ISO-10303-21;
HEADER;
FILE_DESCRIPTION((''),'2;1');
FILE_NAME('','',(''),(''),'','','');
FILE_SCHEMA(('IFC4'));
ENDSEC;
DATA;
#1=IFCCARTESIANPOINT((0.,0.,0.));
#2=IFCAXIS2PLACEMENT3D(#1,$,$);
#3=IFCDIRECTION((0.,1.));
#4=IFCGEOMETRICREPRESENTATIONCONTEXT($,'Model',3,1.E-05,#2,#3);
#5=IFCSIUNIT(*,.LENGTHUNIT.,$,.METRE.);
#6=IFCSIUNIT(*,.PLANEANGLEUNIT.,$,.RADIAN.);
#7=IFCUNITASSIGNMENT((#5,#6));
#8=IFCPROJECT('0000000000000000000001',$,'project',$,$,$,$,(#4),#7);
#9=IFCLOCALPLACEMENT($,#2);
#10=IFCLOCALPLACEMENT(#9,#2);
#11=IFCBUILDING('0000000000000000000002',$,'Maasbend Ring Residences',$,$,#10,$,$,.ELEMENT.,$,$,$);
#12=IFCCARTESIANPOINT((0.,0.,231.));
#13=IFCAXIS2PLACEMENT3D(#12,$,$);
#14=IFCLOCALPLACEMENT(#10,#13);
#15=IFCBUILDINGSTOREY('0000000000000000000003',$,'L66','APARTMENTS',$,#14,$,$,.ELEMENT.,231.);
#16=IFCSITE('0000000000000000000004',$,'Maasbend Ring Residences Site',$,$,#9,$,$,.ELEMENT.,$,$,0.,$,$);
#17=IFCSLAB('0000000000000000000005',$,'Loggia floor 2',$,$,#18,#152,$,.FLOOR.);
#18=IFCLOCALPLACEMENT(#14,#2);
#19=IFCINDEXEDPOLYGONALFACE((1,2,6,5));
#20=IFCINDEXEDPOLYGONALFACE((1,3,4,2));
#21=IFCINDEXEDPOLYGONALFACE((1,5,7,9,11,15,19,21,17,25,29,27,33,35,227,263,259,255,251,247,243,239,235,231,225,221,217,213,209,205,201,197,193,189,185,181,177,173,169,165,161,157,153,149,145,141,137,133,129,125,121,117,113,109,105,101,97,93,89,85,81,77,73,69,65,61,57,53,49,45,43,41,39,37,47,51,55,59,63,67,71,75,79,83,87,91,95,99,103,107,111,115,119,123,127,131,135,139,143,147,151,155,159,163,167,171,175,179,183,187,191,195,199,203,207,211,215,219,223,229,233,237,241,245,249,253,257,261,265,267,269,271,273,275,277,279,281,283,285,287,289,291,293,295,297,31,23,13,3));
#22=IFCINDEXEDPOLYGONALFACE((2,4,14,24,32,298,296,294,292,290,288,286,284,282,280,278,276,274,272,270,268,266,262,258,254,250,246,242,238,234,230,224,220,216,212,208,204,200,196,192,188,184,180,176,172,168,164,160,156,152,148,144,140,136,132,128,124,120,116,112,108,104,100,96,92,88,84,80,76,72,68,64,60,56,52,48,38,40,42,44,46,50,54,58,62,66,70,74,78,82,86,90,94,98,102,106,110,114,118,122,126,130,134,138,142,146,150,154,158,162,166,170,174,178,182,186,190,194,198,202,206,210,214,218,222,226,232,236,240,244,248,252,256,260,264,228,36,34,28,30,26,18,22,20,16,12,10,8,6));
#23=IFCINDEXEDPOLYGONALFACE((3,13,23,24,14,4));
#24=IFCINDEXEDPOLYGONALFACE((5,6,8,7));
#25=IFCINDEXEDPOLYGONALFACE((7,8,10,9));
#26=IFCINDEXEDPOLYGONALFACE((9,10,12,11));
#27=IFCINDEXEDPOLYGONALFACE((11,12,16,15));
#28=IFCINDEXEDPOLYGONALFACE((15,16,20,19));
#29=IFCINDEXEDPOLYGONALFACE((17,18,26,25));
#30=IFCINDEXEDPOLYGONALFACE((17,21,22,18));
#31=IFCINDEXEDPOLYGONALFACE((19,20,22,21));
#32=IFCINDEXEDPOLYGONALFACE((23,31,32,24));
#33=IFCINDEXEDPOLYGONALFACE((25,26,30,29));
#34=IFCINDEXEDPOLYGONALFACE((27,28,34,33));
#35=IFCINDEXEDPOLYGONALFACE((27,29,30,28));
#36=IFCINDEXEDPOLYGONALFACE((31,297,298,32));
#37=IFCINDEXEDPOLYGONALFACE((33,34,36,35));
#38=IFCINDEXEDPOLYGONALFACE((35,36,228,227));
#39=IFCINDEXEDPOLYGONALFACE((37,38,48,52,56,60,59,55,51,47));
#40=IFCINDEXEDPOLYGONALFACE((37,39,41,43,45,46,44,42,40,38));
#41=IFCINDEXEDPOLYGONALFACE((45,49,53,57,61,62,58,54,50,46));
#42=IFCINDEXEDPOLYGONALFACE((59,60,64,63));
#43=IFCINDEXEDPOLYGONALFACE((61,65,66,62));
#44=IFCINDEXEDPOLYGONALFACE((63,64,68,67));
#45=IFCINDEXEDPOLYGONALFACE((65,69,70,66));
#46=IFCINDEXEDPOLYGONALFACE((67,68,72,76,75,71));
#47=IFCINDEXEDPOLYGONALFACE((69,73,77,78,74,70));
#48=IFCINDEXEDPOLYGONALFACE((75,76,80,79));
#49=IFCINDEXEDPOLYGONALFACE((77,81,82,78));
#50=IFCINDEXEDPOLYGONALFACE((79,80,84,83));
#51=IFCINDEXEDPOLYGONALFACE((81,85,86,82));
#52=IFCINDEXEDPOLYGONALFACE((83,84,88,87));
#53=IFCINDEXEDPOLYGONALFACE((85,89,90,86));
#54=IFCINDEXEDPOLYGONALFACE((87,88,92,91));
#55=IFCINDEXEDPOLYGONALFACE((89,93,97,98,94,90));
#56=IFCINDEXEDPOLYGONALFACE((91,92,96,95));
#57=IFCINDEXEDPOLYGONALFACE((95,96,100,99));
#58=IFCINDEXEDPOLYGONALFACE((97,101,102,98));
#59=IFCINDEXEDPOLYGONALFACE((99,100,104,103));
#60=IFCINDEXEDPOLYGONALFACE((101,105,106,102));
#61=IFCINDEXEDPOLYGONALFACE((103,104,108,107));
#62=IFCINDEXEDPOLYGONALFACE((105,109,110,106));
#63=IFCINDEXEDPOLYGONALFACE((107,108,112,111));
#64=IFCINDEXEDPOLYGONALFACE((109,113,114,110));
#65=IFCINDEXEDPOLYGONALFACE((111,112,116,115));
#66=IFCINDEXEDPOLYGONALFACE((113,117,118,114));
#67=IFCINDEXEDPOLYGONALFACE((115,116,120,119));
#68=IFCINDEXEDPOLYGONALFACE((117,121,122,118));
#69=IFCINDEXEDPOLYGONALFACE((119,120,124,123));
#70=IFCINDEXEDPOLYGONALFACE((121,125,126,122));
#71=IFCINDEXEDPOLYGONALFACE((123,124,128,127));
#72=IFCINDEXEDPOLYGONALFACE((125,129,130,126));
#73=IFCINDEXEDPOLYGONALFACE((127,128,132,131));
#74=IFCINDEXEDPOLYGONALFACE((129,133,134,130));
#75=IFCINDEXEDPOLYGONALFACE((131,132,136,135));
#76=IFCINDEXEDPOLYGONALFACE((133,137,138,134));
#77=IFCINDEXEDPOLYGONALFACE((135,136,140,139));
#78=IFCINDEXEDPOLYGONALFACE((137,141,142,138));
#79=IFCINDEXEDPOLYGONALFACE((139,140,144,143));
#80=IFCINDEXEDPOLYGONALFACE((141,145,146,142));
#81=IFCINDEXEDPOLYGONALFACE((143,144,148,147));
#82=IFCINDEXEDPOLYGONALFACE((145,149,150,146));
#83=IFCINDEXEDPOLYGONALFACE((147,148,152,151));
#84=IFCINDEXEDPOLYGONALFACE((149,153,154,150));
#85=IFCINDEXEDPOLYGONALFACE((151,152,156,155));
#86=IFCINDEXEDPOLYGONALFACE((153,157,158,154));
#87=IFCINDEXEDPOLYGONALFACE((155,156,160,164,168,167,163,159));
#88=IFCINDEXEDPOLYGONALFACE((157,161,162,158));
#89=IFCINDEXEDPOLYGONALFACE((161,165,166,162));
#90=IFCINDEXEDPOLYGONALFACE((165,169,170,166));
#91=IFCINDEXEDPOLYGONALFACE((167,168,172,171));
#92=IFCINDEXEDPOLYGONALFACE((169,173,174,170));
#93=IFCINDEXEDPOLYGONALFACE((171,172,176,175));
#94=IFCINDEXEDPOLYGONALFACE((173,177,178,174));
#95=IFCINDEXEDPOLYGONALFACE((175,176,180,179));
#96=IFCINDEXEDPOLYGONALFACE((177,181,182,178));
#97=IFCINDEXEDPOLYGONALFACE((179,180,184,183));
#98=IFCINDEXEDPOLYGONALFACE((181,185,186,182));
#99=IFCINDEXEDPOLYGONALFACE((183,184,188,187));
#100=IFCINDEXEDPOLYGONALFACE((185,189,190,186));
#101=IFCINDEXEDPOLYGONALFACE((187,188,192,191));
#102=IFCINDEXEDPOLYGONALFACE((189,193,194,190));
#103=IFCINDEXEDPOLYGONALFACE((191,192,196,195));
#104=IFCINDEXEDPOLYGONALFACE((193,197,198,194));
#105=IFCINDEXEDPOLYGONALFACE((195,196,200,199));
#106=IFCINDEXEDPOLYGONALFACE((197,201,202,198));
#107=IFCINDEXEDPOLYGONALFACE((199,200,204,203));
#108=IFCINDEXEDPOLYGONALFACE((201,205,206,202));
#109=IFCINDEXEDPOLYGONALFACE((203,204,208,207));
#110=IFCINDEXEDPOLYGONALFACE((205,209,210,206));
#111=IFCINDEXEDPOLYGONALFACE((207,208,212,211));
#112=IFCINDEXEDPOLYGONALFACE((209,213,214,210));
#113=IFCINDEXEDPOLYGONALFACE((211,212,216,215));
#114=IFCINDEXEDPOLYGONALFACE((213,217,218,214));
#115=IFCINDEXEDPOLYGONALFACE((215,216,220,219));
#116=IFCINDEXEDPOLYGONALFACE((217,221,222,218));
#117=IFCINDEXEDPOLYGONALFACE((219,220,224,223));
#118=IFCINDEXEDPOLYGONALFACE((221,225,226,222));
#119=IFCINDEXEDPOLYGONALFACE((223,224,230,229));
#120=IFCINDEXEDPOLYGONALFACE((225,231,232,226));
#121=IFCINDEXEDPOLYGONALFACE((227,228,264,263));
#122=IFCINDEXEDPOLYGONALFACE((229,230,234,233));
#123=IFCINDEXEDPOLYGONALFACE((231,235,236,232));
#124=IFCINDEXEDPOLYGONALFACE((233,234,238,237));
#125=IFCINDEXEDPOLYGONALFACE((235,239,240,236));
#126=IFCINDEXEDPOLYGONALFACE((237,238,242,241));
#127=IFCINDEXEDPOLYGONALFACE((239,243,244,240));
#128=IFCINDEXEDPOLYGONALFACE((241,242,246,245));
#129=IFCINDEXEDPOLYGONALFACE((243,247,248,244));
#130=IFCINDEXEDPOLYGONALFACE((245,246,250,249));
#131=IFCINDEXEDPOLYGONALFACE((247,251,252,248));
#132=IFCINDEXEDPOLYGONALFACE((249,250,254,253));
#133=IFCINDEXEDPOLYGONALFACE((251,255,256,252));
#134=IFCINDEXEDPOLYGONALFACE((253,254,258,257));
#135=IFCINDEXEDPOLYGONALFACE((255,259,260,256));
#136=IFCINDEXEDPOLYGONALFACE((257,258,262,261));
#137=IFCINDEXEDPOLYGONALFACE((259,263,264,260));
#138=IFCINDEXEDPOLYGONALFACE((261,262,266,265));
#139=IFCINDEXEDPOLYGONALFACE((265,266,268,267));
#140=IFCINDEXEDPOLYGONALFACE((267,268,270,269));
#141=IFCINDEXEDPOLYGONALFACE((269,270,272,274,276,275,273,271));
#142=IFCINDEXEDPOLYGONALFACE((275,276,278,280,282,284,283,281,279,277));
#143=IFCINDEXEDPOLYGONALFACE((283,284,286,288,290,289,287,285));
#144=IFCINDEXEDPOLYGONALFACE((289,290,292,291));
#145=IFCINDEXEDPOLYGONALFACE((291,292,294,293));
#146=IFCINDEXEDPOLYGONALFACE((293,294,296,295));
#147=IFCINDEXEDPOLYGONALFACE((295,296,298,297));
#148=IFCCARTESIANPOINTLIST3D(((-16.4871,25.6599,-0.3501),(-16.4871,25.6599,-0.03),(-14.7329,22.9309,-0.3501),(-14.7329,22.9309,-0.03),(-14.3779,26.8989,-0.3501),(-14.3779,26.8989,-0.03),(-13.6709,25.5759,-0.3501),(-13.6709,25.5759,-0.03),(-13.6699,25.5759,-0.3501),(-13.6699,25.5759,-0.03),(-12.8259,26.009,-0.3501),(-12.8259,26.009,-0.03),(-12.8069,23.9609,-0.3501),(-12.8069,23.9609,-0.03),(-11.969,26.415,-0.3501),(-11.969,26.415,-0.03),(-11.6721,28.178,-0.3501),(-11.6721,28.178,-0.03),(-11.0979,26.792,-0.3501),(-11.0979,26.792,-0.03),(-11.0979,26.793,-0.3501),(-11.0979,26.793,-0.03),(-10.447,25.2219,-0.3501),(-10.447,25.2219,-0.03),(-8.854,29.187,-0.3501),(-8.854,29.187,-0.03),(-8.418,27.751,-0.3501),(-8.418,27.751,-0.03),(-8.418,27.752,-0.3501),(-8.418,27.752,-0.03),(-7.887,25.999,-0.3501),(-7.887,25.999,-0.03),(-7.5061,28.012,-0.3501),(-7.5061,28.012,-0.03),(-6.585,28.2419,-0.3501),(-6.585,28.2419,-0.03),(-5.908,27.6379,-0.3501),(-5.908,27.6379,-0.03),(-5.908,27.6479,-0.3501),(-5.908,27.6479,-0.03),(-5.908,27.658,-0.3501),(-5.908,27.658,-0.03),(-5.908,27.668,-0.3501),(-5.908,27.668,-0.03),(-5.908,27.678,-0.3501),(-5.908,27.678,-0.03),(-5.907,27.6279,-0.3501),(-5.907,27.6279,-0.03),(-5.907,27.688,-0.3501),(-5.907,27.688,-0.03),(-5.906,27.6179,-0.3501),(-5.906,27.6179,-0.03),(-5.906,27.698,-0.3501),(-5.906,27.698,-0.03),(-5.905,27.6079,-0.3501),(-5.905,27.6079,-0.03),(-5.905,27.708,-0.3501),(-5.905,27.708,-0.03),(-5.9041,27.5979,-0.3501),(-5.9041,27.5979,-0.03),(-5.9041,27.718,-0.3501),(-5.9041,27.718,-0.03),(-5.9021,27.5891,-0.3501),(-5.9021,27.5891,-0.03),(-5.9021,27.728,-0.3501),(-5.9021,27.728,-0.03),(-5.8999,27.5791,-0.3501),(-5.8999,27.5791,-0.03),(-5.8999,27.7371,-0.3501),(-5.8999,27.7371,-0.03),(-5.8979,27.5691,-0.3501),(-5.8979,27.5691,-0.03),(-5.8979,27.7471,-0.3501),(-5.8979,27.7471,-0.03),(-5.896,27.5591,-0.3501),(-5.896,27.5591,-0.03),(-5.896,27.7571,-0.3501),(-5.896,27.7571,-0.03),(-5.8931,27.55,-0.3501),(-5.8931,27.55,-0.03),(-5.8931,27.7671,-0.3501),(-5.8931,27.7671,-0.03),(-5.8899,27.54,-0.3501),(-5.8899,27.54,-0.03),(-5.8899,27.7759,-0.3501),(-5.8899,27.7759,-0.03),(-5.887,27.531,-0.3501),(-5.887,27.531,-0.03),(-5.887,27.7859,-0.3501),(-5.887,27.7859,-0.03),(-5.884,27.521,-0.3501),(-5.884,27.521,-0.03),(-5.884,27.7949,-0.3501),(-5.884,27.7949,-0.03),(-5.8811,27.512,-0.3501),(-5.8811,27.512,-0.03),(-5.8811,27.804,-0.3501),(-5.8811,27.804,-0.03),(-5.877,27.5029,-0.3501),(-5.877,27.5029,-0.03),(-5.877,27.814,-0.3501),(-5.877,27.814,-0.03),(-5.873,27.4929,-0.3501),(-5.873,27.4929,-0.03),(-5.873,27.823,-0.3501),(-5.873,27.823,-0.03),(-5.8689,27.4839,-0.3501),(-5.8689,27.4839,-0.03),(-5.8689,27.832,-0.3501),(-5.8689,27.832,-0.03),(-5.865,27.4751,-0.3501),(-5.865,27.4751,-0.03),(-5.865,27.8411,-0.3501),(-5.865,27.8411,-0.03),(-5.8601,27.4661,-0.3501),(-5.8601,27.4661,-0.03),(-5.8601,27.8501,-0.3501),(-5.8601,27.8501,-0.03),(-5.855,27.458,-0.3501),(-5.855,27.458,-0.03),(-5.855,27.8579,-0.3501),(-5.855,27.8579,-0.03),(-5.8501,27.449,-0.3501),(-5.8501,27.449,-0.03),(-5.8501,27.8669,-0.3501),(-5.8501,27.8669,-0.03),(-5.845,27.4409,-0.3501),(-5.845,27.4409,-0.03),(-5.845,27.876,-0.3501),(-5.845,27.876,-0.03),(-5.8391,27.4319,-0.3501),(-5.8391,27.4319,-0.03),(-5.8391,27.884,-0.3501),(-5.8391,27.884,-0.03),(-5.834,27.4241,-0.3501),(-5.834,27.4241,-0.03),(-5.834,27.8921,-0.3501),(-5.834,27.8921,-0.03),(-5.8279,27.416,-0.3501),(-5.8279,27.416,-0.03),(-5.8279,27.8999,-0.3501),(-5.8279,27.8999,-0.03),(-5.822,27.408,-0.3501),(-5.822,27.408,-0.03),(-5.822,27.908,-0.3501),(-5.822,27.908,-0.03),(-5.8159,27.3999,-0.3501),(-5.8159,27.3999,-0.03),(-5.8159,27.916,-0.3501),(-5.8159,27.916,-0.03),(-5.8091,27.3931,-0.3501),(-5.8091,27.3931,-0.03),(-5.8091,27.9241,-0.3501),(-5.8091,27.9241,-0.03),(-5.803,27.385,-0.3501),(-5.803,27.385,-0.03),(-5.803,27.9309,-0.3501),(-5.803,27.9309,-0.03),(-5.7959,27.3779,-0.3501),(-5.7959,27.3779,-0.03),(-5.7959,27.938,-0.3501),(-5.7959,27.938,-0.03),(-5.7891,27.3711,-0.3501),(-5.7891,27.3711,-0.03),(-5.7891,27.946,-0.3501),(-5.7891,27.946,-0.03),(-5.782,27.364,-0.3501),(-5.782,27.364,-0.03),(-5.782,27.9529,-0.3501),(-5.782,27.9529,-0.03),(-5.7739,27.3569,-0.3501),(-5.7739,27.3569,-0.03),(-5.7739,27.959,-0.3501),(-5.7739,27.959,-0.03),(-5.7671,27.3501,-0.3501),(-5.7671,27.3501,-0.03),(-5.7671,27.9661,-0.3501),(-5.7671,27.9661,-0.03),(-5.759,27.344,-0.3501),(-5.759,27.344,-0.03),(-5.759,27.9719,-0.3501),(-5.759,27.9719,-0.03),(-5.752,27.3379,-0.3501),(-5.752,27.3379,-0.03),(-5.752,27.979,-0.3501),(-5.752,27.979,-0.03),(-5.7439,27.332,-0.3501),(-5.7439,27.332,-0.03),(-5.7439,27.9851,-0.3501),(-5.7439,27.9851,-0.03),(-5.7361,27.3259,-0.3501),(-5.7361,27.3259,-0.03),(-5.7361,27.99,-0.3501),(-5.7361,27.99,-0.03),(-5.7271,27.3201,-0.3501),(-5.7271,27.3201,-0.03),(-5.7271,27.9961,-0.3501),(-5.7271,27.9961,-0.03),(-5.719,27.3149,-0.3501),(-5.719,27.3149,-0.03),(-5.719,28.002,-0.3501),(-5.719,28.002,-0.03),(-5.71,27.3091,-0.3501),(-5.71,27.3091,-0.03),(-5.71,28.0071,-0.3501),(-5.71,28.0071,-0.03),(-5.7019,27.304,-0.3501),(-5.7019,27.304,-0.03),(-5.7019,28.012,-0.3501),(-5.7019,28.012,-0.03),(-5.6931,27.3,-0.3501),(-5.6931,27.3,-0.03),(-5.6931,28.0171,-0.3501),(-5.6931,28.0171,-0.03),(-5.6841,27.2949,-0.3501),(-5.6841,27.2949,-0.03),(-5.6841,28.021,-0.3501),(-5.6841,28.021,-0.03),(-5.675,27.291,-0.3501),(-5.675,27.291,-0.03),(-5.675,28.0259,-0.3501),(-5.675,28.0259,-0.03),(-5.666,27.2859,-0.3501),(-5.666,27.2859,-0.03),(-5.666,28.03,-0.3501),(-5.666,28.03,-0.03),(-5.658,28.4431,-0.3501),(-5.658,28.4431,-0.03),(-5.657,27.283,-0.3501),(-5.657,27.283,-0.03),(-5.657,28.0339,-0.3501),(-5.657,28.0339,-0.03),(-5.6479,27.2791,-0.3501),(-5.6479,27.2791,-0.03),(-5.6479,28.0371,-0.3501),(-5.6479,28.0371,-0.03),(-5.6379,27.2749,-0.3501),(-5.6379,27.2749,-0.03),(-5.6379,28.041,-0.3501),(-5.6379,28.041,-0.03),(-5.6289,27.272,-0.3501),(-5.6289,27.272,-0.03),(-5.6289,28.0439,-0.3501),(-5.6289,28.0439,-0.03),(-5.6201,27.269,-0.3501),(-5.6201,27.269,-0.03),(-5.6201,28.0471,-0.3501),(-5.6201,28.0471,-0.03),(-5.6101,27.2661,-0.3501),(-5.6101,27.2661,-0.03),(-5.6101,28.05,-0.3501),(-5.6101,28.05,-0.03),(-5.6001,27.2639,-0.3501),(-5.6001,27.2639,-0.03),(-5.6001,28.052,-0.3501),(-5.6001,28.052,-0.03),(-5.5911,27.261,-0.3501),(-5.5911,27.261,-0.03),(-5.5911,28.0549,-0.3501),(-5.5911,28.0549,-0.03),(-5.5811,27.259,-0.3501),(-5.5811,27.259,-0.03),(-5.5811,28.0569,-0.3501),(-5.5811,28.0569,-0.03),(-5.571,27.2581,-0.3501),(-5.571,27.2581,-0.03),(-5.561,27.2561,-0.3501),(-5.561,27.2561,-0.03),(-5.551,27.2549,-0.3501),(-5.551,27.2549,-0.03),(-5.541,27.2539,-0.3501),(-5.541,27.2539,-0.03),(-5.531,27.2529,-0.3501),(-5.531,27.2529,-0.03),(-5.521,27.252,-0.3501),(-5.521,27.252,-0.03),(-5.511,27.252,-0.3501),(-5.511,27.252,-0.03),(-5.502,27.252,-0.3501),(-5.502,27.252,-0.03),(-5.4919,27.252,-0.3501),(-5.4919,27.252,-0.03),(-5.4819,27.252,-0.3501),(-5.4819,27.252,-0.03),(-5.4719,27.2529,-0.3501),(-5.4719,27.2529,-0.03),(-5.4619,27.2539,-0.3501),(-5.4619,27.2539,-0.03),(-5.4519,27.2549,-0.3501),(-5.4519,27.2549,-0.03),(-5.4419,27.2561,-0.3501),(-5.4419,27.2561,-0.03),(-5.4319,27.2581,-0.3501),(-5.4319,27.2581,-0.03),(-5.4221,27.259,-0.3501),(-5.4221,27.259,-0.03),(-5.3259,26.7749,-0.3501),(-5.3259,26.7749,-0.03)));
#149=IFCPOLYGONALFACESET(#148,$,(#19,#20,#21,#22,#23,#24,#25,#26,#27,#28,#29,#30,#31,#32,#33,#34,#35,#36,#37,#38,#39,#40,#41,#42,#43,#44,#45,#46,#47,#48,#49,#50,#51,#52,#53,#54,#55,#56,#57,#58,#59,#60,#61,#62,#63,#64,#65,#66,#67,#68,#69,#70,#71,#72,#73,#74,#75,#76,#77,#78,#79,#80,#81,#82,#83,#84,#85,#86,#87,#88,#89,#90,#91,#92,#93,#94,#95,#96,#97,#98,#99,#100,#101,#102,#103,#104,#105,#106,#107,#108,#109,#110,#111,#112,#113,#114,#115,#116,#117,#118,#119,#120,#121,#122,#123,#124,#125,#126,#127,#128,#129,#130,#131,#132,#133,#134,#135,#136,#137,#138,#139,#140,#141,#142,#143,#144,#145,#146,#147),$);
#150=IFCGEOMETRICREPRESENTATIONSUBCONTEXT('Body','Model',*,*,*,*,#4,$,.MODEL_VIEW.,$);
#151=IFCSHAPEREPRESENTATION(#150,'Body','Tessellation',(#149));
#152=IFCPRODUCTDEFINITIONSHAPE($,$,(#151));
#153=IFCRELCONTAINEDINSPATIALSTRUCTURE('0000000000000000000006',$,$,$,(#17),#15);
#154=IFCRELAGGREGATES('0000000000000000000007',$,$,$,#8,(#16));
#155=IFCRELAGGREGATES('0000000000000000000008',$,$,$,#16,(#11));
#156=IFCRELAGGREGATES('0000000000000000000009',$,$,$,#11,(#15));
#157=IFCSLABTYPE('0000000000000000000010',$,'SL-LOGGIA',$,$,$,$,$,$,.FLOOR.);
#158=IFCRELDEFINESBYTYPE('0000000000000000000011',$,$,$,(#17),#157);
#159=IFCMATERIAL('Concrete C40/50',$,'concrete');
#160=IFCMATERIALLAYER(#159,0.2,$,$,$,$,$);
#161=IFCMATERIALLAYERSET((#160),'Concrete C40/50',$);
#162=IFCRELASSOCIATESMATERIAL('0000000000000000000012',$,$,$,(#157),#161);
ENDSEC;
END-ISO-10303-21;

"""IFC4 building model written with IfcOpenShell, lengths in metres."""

from ifc_helpers import new_model, si_unit, direction, frame, origin, place, context, subcontext, project, spatial, polyline, outline, extrude, material, layer, layer_set, type_object, element, save


model = new_model("IFC4")

# Units and contexts
model_context = context("Model", 3, precision=1e-05, world=origin(), true_north=direction((0.0, 1.0)))
body_context = subcontext(model_context, "Body", "Model", "MODEL_VIEW")
ifc_project = project(units=[si_unit("LENGTHUNIT", "METRE"), si_unit("PLANEANGLEUNIT", "RADIAN")], contexts=[model_context])

# Site, building, storey
site_placement = place(None, origin())
site = spatial("IfcSite", under=ifc_project, at=site_placement, Name="Maasbend Ring Residences Site", CompositionType="ELEMENT", RefElevation=0.0)
building_placement = place(site_placement, origin())
building = spatial("IfcBuilding", under=site, at=building_placement, Name="Maasbend Ring Residences", CompositionType="ELEMENT")
storey_placement = place(building_placement, frame((0.0, 0.0, 231.0)))
storey = spatial("IfcBuildingStorey", under=building, at=storey_placement, Name="L66", Description="APARTMENTS", CompositionType="ELEMENT", Elevation=231.0)

# Slab
ifc_material_1 = material(Name="Concrete C40/50", Category="concrete")
ifc_layer_1 = layer(ifc_material_1, 0.2)
ifc_layer_set_1 = layer_set([ifc_layer_1], Name="Concrete C40/50")
slab_type_1 = type_object("IfcSlabType", Name="SL-LOGGIA", PredefinedType="FLOOR", material=ifc_layer_set_1)
slab_1_placement = place(storey_placement, frame((0.0, 0.0, -0.3501)))
element("IfcSlab", 1, at=slab_1_placement, inside=storey, type_object=slab_type_1, Name="Loggia floor 2", PredefinedType="FLOOR", context=body_context, shape_type="SweptSolid", body=[
    extrude(outline(polyline([(-13.6709, 25.5759), (-13.6709, 25.5759), (-13.6709, 25.5759), (-13.6709, 25.5759), (-13.6709, 25.5759), (-13.6709, 25.5759), (-13.6709, 25.5759), (-13.6699, 25.5759), (-13.6699, 25.5759), (-13.6699, 25.5759), (-13.6699, 25.5759), (-13.6699, 25.5759), (-13.6699, 25.5759), (-13.6699, 25.5759), (-13.6699, 25.5759), (-13.6699, 25.5759), (-13.6699, 25.5759), (-12.8259, 26.009), (-12.8259, 26.009), (-11.969, 26.415), (-11.969, 26.415), (-11.0979, 26.792), (-11.0979, 26.792), (-11.0979, 26.792), (-11.0979, 26.792), (-11.0979, 26.792), (-11.0979, 26.792), (-11.0979, 26.792), (-11.0979, 26.793), (-11.0979, 26.793), (-11.0979, 26.793), (-11.0979, 26.793), (-11.0979, 26.793), (-11.0979, 26.793), (-11.0979, 26.793), (-11.0979, 26.793), (-11.0979, 26.793), (-11.0979, 26.793), (-11.6721, 28.178), (-11.6721, 28.178), (-11.6721, 28.178), (-8.854, 29.187), (-8.854, 29.187), (-8.854, 29.187), (-8.418, 27.752), (-8.418, 27.752), (-8.418, 27.752), (-8.418, 27.752), (-8.418, 27.752), (-8.418, 27.752), (-8.418, 27.752), (-8.418, 27.751), (-8.418, 27.751), (-8.418, 27.751), (-8.418, 27.751), (-8.418, 27.751), (-8.418, 27.751), (-8.418, 27.751), (-8.418, 27.751), (-8.418, 27.751), (-8.418, 27.751), (-7.5061, 28.012), (-7.5061, 28.012), (-6.585, 28.2419), (-6.585, 28.2419), (-5.658, 28.4431), (-5.658, 28.4431), (-5.658, 28.4431), (-5.5811, 28.0569), (-5.5911, 28.0549), (-5.6001, 28.052), (-5.6101, 28.05), (-5.6201, 28.0471), (-5.6289, 28.0439), (-5.6379, 28.041), (-5.6479, 28.0371), (-5.657, 28.0339), (-5.666, 28.03), (-5.675, 28.0259), (-5.6841, 28.021), (-5.6931, 28.0171), (-5.7019, 28.012), (-5.71, 28.0071), (-5.719, 28.002), (-5.7271, 27.9961), (-5.7361, 27.99), (-5.7439, 27.9851), (-5.752, 27.979), (-5.759, 27.9719), (-5.7671, 27.9661), (-5.7739, 27.959), (-5.782, 27.9529), (-5.7891, 27.946), (-5.7959, 27.938), (-5.803, 27.9309), (-5.8091, 27.9241), (-5.8159, 27.916), (-5.822, 27.908), (-5.8279, 27.8999), (-5.834, 27.8921), (-5.8391, 27.884), (-5.845, 27.876), (-5.8501, 27.8669), (-5.855, 27.8579), (-5.8601, 27.8501), (-5.865, 27.8411), (-5.8689, 27.832), (-5.873, 27.823), (-5.877, 27.814), (-5.8811, 27.804), (-5.884, 27.7949), (-5.887, 27.7859), (-5.8899, 27.7759), (-5.8931, 27.7671), (-5.896, 27.7571), (-5.8979, 27.7471), (-5.8999, 27.7371), (-5.9021, 27.728), (-5.9041, 27.718), (-5.905, 27.708), (-5.906, 27.698), (-5.907, 27.688), (-5.908, 27.678), (-5.908, 27.668), (-5.908, 27.658), (-5.908, 27.6479), (-5.908, 27.6379), (-5.907, 27.6279), (-5.906, 27.6179), (-5.905, 27.6079), (-5.9041, 27.5979), (-5.9021, 27.5891), (-5.8999, 27.5791), (-5.8979, 27.5691), (-5.896, 27.5591), (-5.8931, 27.55), (-5.8899, 27.54), (-5.887, 27.531), (-5.884, 27.521), (-5.8811, 27.512), (-5.877, 27.5029), (-5.873, 27.4929), (-5.8689, 27.4839), (-5.865, 27.4751), (-5.8601, 27.4661), (-5.855, 27.458), (-5.8501, 27.449), (-5.845, 27.4409), (-5.8391, 27.4319), (-5.834, 27.4241), (-5.8279, 27.416), (-5.822, 27.408), (-5.8159, 27.3999), (-5.8091, 27.3931), (-5.803, 27.385), (-5.7959, 27.3779), (-5.7891, 27.3711), (-5.782, 27.364), (-5.7739, 27.3569), (-5.7671, 27.3501), (-5.759, 27.344), (-5.752, 27.3379), (-5.7439, 27.332), (-5.7361, 27.3259), (-5.7271, 27.3201), (-5.719, 27.3149), (-5.71, 27.3091), (-5.7019, 27.304), (-5.6931, 27.3), (-5.6841, 27.2949), (-5.675, 27.291), (-5.666, 27.2859), (-5.657, 27.283), (-5.6479, 27.2791), (-5.6379, 27.2749), (-5.6289, 27.272), (-5.6201, 27.269), (-5.6101, 27.2661), (-5.6001, 27.2639), (-5.5911, 27.261), (-5.5811, 27.259), (-5.571, 27.2581), (-5.561, 27.2561), (-5.551, 27.2549), (-5.541, 27.2539), (-5.531, 27.2529), (-5.521, 27.252), (-5.511, 27.252), (-5.502, 27.252), (-5.4919, 27.252), (-5.4819, 27.252), (-5.4719, 27.2529), (-5.4619, 27.2539), (-5.4519, 27.2549), (-5.4419, 27.2561), (-5.4319, 27.2581), (-5.4221, 27.259), (-5.3259, 26.7749), (-5.3259, 26.7749), (-5.3259, 26.7749), (-7.887, 25.999), (-10.447, 25.2219), (-10.447, 25.2219), (-10.447, 25.2219), (-12.8069, 23.9609), (-14.7329, 22.9309), (-14.7329, 22.9309), (-14.7329, 22.9309), (-16.4871, 25.6599), (-16.4871, 25.6599), (-16.4871, 25.6599), (-14.3779, 26.8989), (-14.3779, 26.8989), (-14.3779, 26.8989), (-13.6709, 25.5759)])), origin(), (0.0, 0.0, 1.0), 0.3201),
])

save(model, "model.ifc")
